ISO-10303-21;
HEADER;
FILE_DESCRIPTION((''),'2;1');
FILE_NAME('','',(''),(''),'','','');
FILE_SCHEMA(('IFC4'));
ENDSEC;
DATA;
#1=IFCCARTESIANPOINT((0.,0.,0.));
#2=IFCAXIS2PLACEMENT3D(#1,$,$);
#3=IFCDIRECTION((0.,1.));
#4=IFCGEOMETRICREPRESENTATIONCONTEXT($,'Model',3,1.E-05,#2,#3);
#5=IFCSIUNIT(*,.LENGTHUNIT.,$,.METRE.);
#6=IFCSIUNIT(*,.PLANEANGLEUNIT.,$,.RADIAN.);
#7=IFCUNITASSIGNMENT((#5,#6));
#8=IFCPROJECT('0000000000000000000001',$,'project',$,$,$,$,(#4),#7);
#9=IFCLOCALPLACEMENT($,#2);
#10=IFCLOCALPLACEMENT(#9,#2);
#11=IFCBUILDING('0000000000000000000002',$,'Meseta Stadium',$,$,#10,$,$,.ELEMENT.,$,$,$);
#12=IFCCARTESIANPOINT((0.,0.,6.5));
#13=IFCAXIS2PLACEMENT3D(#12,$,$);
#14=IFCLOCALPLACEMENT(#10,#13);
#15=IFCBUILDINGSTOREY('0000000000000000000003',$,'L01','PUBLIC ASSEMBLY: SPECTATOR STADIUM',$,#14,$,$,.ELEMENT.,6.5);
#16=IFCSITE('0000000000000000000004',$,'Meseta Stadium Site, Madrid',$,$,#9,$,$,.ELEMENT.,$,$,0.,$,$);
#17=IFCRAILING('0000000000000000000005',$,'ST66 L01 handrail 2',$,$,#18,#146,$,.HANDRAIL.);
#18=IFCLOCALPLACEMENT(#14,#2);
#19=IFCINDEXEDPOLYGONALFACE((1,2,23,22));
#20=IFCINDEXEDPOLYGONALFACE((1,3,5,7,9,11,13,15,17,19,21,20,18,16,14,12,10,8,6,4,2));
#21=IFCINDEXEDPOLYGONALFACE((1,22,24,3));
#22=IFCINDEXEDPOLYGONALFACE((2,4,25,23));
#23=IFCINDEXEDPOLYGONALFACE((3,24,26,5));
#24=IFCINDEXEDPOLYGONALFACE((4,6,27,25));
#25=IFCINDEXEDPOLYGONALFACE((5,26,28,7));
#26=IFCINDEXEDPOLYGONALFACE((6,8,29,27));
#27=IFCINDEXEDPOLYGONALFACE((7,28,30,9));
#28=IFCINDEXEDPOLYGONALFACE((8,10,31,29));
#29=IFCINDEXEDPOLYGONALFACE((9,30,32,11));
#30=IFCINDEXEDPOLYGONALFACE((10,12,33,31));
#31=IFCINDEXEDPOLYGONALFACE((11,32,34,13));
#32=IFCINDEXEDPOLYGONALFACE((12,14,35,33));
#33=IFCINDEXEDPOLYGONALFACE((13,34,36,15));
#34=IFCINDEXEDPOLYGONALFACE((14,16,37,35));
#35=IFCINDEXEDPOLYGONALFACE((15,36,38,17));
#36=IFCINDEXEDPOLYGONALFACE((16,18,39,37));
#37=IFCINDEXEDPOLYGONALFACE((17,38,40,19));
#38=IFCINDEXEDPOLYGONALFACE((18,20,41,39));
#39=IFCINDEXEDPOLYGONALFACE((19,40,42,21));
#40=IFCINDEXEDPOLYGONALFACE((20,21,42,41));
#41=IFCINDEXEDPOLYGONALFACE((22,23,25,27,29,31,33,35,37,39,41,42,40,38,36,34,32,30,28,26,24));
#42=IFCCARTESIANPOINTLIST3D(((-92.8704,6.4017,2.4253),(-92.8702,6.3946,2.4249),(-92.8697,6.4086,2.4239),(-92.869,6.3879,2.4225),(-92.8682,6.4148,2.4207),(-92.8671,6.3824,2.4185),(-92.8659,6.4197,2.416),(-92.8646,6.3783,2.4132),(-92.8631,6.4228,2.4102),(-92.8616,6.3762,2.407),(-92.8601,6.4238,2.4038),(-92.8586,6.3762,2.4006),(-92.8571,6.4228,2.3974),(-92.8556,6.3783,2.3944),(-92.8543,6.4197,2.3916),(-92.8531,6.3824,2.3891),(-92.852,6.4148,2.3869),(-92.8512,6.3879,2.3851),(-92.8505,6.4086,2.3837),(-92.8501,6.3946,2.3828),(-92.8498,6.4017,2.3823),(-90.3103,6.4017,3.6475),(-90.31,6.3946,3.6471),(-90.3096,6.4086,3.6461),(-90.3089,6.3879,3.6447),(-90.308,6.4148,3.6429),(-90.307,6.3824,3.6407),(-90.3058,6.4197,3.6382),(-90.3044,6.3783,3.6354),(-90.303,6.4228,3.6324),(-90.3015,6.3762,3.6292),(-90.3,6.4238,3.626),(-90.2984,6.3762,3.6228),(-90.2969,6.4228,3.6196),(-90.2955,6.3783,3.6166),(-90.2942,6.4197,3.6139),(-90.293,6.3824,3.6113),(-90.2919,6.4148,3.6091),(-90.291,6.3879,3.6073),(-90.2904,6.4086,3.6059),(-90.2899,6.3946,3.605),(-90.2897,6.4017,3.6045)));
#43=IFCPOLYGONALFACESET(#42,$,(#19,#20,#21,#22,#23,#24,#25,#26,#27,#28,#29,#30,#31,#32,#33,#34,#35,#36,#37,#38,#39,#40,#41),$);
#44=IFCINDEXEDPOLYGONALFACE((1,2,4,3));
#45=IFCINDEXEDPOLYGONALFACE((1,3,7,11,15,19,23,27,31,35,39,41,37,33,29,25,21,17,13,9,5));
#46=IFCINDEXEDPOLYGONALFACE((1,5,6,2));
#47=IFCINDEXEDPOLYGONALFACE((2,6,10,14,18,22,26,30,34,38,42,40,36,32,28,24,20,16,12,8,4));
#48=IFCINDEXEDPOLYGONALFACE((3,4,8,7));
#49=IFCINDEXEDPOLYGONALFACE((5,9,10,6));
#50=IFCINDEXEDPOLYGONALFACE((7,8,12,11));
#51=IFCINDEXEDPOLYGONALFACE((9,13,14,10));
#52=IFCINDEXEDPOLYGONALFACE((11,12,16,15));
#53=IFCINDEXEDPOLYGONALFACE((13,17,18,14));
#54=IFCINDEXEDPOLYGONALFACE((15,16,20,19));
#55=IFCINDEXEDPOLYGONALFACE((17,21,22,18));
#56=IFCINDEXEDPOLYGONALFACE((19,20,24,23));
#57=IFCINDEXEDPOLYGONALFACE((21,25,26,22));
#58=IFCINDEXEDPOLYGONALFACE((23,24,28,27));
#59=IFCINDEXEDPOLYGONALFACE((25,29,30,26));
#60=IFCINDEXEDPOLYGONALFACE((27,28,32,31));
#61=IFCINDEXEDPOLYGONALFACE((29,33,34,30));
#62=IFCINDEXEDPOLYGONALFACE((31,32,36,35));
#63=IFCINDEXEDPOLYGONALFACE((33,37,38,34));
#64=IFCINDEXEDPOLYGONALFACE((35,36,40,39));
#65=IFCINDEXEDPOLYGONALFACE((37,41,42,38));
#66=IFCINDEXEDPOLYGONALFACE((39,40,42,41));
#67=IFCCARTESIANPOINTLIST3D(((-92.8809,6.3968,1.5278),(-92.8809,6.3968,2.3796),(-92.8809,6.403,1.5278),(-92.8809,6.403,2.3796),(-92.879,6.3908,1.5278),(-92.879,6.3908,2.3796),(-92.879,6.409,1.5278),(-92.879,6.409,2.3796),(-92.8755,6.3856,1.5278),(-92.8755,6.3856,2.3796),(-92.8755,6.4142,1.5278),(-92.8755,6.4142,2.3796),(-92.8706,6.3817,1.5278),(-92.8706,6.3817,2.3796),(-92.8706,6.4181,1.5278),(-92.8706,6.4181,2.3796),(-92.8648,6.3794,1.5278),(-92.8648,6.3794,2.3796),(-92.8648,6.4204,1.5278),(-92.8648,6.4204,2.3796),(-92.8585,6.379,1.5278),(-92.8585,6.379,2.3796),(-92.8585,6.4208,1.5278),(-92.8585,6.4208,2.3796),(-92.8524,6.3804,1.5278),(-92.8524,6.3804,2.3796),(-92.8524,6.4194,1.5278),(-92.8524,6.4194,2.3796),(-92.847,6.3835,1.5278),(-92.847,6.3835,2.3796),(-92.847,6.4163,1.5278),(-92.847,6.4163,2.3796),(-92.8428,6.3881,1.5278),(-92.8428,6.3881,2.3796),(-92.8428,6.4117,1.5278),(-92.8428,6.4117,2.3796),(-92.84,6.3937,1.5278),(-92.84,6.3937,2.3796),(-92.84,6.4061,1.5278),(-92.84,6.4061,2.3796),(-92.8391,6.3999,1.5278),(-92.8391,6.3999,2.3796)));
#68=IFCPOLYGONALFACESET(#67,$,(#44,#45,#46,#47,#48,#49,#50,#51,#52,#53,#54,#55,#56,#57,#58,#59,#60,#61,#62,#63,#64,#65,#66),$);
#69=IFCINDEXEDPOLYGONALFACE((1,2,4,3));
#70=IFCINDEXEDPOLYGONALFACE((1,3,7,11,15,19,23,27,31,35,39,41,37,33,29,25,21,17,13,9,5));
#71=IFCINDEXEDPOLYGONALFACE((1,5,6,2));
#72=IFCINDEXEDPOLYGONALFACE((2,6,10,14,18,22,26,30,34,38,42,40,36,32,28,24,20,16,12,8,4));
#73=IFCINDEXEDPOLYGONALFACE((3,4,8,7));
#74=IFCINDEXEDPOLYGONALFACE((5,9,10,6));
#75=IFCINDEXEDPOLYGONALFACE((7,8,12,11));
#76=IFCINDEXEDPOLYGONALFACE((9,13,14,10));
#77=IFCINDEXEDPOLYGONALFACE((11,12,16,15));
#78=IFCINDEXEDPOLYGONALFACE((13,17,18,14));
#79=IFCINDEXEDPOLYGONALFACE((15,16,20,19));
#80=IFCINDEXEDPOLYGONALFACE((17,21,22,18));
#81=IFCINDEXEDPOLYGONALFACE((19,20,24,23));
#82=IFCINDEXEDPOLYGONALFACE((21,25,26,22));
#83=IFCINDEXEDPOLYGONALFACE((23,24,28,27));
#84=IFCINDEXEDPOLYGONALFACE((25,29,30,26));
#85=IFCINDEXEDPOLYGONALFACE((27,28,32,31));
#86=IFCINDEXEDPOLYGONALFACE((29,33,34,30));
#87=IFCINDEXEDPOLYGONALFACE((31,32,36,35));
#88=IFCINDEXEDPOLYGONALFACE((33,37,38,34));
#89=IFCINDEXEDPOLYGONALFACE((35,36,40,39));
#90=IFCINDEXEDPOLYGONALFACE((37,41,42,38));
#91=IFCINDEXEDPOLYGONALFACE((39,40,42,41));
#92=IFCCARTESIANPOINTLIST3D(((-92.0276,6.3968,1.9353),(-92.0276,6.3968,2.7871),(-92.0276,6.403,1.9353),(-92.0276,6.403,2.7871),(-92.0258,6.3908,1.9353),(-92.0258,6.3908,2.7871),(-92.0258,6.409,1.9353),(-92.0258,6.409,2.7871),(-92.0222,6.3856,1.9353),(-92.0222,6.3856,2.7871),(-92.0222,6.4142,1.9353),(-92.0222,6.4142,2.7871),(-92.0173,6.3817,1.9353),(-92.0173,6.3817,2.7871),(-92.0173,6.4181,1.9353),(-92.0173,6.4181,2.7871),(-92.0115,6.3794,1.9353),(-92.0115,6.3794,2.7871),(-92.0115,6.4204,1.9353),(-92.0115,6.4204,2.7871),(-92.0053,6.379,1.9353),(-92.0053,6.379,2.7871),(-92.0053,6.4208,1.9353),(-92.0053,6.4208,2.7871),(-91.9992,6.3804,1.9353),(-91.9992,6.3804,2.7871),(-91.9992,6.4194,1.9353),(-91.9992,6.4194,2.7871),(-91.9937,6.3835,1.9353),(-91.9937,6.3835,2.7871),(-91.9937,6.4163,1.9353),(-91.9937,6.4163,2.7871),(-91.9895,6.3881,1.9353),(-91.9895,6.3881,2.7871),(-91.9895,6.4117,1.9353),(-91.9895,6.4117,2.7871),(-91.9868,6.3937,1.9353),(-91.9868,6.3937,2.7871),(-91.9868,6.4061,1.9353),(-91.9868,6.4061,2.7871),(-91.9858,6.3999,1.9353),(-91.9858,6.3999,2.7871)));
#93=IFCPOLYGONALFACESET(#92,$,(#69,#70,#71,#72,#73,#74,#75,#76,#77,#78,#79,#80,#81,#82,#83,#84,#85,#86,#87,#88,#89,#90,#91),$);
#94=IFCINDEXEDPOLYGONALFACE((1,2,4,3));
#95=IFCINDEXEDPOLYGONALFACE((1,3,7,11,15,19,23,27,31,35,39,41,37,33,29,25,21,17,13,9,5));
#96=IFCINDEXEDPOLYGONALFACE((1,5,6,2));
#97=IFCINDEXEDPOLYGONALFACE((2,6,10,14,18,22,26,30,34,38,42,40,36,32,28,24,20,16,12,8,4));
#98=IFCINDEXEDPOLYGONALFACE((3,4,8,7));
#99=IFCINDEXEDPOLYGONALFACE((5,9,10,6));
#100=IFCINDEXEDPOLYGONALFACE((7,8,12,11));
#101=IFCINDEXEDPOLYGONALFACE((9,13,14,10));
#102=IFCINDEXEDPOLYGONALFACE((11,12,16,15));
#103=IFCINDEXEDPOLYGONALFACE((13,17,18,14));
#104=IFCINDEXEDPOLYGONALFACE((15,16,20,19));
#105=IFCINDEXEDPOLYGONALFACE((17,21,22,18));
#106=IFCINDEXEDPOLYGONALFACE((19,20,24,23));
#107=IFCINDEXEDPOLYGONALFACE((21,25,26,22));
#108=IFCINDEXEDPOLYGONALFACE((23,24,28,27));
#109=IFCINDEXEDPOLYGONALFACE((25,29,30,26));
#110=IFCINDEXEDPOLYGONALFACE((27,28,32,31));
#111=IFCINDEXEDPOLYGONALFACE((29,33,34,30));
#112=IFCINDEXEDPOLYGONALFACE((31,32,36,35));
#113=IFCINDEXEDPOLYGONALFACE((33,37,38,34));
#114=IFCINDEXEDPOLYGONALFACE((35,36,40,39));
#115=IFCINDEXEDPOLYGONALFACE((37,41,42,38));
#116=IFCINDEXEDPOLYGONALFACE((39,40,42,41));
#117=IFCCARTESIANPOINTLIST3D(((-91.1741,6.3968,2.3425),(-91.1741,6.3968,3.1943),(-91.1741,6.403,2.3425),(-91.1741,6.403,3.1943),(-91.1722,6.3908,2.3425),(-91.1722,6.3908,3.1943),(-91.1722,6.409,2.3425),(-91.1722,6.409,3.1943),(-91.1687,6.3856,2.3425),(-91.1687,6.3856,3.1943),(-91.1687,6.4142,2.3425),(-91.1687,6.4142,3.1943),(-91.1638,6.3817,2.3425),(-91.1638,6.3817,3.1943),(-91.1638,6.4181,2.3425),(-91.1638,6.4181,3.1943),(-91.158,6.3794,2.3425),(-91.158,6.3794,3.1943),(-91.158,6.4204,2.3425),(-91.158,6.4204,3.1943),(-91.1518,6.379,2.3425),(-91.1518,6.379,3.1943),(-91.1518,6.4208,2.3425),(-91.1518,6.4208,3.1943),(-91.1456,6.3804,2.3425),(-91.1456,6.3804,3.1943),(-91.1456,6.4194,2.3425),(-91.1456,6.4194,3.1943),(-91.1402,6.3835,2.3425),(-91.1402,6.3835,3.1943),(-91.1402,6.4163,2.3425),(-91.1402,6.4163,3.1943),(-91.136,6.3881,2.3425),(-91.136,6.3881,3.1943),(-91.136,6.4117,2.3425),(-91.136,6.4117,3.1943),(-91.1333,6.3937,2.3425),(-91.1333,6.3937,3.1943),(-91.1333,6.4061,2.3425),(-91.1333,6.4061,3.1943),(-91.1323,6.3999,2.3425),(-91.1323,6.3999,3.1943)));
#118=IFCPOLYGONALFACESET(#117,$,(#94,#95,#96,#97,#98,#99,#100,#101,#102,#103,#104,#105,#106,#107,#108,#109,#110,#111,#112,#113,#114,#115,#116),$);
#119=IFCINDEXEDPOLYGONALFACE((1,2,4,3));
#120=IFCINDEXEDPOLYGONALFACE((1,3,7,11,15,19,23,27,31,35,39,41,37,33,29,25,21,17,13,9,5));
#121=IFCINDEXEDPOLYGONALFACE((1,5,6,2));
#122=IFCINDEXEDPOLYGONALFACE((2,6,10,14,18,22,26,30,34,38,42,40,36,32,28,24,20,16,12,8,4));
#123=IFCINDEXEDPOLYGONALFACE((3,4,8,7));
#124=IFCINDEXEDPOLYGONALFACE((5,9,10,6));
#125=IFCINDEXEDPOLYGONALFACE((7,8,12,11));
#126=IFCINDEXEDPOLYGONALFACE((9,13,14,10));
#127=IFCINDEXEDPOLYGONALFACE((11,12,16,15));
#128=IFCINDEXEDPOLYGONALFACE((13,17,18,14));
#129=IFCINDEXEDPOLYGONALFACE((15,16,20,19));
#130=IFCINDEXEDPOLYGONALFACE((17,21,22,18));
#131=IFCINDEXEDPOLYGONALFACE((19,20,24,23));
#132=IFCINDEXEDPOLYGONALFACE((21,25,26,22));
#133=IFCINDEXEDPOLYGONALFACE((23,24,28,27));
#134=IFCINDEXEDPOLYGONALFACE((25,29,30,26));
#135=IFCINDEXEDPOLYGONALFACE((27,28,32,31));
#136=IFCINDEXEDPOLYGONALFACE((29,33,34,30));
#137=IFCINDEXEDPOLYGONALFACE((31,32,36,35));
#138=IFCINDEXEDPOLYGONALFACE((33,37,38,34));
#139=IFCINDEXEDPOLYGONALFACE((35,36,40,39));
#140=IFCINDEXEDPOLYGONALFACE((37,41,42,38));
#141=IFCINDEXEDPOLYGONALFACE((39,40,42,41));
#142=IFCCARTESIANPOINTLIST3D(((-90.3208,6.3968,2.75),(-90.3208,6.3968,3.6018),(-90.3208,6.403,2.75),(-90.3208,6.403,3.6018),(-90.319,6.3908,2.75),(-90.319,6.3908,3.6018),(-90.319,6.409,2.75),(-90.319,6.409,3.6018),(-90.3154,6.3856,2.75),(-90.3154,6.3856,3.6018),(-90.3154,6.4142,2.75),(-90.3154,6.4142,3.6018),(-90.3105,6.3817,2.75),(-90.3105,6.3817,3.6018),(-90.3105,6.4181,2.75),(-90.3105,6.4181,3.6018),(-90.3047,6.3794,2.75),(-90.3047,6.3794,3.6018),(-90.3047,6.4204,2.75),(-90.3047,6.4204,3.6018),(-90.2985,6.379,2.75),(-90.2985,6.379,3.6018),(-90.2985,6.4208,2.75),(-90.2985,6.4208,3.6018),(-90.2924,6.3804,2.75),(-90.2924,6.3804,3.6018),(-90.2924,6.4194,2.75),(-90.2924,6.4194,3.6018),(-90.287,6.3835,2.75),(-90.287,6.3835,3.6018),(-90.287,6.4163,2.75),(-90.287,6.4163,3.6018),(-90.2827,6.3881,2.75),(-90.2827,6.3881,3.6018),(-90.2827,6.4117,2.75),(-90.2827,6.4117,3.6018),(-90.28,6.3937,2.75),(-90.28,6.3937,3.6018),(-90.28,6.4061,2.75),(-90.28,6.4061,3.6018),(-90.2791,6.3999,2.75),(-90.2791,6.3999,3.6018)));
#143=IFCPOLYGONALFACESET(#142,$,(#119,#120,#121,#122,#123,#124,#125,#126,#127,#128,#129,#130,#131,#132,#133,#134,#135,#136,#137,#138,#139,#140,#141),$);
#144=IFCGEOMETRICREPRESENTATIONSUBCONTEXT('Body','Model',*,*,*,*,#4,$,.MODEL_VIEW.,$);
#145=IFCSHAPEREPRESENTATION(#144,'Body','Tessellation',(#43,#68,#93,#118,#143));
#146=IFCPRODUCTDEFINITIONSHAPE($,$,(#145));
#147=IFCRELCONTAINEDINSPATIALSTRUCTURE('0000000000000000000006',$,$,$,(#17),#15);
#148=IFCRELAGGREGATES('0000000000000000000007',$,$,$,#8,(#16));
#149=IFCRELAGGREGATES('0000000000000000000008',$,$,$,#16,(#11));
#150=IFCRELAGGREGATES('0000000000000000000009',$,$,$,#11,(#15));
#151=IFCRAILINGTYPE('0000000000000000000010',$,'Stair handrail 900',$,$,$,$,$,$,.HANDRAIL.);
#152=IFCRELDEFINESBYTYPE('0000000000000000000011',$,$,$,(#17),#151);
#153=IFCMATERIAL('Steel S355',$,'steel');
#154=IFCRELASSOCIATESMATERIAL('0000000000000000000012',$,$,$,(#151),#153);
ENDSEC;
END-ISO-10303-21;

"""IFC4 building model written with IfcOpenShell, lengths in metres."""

from ifc_helpers import new_model, si_unit, direction, frame, origin, origin_2d, place, context, subcontext, project, spatial, circle, extrude, material, type_object, element, save


model = new_model("IFC4")

# Units and contexts
model_context = context("Model", 3, precision=1e-05, world=origin(), true_north=direction((0.0, 1.0)))
body_context = subcontext(model_context, "Body", "Model", "MODEL_VIEW")
ifc_project = project(units=[si_unit("LENGTHUNIT", "METRE"), si_unit("PLANEANGLEUNIT", "RADIAN")], contexts=[model_context])

# Site, building, storey
site_placement = place(None, origin())
site = spatial("IfcSite", under=ifc_project, at=site_placement, Name="Meseta Stadium Site, Madrid", CompositionType="ELEMENT", RefElevation=0.0)
building_placement = place(site_placement, origin())
building = spatial("IfcBuilding", under=site, at=building_placement, Name="Meseta Stadium", CompositionType="ELEMENT")
storey_placement = place(building_placement, frame((0.0, 0.0, 6.5)))
storey = spatial("IfcBuildingStorey", under=building, at=storey_placement, Name="L01", Description="PUBLIC ASSEMBLY: SPECTATOR STADIUM", CompositionType="ELEMENT", Elevation=6.5)

# Railing
ifc_material_1 = material(Name="Steel S355", Category="steel")
railing_type_1 = type_object("IfcRailingType", Name="Stair handrail 900", PredefinedType="HANDRAIL", material=ifc_material_1)
railing_1_placement = place(storey_placement, frame((-92.8601, 6.3999, 1.5278)))
element("IfcRailing", 1, at=railing_1_placement, inside=storey, type_object=railing_type_1, Name="ST66 L01 handrail 2", PredefinedType="HANDRAIL", context=body_context, shape_type="SweptSolid", body=[
    extrude(circle(Radius=0.0239, at=origin_2d()), frame((0.0, 0.0, 0.876), z_axis=(0.902437, 0.0, 0.430822), x_axis=(0.0, 1.0, 0.0)), (0.0, 0.0, 1.0), 2.8369),
    extrude(circle(Radius=0.021, at=origin_2d()), origin(), (0.0, 0.0, 1.0), 0.8518),
    extrude(circle(Radius=0.021, at=origin_2d()), frame((0.8533, 0.0, 0.4075)), (0.0, 0.0, 1.0), 0.8518),
    extrude(circle(Radius=0.021, at=origin_2d()), frame((1.7068, 0.0, 0.8147)), (0.0, 0.0, 1.0), 0.8518),
    extrude(circle(Radius=0.021, at=origin_2d()), frame((2.5601, 0.0, 1.2222)), (0.0, 0.0, 1.0), 0.8518),
])

save(model, "model.ifc")
